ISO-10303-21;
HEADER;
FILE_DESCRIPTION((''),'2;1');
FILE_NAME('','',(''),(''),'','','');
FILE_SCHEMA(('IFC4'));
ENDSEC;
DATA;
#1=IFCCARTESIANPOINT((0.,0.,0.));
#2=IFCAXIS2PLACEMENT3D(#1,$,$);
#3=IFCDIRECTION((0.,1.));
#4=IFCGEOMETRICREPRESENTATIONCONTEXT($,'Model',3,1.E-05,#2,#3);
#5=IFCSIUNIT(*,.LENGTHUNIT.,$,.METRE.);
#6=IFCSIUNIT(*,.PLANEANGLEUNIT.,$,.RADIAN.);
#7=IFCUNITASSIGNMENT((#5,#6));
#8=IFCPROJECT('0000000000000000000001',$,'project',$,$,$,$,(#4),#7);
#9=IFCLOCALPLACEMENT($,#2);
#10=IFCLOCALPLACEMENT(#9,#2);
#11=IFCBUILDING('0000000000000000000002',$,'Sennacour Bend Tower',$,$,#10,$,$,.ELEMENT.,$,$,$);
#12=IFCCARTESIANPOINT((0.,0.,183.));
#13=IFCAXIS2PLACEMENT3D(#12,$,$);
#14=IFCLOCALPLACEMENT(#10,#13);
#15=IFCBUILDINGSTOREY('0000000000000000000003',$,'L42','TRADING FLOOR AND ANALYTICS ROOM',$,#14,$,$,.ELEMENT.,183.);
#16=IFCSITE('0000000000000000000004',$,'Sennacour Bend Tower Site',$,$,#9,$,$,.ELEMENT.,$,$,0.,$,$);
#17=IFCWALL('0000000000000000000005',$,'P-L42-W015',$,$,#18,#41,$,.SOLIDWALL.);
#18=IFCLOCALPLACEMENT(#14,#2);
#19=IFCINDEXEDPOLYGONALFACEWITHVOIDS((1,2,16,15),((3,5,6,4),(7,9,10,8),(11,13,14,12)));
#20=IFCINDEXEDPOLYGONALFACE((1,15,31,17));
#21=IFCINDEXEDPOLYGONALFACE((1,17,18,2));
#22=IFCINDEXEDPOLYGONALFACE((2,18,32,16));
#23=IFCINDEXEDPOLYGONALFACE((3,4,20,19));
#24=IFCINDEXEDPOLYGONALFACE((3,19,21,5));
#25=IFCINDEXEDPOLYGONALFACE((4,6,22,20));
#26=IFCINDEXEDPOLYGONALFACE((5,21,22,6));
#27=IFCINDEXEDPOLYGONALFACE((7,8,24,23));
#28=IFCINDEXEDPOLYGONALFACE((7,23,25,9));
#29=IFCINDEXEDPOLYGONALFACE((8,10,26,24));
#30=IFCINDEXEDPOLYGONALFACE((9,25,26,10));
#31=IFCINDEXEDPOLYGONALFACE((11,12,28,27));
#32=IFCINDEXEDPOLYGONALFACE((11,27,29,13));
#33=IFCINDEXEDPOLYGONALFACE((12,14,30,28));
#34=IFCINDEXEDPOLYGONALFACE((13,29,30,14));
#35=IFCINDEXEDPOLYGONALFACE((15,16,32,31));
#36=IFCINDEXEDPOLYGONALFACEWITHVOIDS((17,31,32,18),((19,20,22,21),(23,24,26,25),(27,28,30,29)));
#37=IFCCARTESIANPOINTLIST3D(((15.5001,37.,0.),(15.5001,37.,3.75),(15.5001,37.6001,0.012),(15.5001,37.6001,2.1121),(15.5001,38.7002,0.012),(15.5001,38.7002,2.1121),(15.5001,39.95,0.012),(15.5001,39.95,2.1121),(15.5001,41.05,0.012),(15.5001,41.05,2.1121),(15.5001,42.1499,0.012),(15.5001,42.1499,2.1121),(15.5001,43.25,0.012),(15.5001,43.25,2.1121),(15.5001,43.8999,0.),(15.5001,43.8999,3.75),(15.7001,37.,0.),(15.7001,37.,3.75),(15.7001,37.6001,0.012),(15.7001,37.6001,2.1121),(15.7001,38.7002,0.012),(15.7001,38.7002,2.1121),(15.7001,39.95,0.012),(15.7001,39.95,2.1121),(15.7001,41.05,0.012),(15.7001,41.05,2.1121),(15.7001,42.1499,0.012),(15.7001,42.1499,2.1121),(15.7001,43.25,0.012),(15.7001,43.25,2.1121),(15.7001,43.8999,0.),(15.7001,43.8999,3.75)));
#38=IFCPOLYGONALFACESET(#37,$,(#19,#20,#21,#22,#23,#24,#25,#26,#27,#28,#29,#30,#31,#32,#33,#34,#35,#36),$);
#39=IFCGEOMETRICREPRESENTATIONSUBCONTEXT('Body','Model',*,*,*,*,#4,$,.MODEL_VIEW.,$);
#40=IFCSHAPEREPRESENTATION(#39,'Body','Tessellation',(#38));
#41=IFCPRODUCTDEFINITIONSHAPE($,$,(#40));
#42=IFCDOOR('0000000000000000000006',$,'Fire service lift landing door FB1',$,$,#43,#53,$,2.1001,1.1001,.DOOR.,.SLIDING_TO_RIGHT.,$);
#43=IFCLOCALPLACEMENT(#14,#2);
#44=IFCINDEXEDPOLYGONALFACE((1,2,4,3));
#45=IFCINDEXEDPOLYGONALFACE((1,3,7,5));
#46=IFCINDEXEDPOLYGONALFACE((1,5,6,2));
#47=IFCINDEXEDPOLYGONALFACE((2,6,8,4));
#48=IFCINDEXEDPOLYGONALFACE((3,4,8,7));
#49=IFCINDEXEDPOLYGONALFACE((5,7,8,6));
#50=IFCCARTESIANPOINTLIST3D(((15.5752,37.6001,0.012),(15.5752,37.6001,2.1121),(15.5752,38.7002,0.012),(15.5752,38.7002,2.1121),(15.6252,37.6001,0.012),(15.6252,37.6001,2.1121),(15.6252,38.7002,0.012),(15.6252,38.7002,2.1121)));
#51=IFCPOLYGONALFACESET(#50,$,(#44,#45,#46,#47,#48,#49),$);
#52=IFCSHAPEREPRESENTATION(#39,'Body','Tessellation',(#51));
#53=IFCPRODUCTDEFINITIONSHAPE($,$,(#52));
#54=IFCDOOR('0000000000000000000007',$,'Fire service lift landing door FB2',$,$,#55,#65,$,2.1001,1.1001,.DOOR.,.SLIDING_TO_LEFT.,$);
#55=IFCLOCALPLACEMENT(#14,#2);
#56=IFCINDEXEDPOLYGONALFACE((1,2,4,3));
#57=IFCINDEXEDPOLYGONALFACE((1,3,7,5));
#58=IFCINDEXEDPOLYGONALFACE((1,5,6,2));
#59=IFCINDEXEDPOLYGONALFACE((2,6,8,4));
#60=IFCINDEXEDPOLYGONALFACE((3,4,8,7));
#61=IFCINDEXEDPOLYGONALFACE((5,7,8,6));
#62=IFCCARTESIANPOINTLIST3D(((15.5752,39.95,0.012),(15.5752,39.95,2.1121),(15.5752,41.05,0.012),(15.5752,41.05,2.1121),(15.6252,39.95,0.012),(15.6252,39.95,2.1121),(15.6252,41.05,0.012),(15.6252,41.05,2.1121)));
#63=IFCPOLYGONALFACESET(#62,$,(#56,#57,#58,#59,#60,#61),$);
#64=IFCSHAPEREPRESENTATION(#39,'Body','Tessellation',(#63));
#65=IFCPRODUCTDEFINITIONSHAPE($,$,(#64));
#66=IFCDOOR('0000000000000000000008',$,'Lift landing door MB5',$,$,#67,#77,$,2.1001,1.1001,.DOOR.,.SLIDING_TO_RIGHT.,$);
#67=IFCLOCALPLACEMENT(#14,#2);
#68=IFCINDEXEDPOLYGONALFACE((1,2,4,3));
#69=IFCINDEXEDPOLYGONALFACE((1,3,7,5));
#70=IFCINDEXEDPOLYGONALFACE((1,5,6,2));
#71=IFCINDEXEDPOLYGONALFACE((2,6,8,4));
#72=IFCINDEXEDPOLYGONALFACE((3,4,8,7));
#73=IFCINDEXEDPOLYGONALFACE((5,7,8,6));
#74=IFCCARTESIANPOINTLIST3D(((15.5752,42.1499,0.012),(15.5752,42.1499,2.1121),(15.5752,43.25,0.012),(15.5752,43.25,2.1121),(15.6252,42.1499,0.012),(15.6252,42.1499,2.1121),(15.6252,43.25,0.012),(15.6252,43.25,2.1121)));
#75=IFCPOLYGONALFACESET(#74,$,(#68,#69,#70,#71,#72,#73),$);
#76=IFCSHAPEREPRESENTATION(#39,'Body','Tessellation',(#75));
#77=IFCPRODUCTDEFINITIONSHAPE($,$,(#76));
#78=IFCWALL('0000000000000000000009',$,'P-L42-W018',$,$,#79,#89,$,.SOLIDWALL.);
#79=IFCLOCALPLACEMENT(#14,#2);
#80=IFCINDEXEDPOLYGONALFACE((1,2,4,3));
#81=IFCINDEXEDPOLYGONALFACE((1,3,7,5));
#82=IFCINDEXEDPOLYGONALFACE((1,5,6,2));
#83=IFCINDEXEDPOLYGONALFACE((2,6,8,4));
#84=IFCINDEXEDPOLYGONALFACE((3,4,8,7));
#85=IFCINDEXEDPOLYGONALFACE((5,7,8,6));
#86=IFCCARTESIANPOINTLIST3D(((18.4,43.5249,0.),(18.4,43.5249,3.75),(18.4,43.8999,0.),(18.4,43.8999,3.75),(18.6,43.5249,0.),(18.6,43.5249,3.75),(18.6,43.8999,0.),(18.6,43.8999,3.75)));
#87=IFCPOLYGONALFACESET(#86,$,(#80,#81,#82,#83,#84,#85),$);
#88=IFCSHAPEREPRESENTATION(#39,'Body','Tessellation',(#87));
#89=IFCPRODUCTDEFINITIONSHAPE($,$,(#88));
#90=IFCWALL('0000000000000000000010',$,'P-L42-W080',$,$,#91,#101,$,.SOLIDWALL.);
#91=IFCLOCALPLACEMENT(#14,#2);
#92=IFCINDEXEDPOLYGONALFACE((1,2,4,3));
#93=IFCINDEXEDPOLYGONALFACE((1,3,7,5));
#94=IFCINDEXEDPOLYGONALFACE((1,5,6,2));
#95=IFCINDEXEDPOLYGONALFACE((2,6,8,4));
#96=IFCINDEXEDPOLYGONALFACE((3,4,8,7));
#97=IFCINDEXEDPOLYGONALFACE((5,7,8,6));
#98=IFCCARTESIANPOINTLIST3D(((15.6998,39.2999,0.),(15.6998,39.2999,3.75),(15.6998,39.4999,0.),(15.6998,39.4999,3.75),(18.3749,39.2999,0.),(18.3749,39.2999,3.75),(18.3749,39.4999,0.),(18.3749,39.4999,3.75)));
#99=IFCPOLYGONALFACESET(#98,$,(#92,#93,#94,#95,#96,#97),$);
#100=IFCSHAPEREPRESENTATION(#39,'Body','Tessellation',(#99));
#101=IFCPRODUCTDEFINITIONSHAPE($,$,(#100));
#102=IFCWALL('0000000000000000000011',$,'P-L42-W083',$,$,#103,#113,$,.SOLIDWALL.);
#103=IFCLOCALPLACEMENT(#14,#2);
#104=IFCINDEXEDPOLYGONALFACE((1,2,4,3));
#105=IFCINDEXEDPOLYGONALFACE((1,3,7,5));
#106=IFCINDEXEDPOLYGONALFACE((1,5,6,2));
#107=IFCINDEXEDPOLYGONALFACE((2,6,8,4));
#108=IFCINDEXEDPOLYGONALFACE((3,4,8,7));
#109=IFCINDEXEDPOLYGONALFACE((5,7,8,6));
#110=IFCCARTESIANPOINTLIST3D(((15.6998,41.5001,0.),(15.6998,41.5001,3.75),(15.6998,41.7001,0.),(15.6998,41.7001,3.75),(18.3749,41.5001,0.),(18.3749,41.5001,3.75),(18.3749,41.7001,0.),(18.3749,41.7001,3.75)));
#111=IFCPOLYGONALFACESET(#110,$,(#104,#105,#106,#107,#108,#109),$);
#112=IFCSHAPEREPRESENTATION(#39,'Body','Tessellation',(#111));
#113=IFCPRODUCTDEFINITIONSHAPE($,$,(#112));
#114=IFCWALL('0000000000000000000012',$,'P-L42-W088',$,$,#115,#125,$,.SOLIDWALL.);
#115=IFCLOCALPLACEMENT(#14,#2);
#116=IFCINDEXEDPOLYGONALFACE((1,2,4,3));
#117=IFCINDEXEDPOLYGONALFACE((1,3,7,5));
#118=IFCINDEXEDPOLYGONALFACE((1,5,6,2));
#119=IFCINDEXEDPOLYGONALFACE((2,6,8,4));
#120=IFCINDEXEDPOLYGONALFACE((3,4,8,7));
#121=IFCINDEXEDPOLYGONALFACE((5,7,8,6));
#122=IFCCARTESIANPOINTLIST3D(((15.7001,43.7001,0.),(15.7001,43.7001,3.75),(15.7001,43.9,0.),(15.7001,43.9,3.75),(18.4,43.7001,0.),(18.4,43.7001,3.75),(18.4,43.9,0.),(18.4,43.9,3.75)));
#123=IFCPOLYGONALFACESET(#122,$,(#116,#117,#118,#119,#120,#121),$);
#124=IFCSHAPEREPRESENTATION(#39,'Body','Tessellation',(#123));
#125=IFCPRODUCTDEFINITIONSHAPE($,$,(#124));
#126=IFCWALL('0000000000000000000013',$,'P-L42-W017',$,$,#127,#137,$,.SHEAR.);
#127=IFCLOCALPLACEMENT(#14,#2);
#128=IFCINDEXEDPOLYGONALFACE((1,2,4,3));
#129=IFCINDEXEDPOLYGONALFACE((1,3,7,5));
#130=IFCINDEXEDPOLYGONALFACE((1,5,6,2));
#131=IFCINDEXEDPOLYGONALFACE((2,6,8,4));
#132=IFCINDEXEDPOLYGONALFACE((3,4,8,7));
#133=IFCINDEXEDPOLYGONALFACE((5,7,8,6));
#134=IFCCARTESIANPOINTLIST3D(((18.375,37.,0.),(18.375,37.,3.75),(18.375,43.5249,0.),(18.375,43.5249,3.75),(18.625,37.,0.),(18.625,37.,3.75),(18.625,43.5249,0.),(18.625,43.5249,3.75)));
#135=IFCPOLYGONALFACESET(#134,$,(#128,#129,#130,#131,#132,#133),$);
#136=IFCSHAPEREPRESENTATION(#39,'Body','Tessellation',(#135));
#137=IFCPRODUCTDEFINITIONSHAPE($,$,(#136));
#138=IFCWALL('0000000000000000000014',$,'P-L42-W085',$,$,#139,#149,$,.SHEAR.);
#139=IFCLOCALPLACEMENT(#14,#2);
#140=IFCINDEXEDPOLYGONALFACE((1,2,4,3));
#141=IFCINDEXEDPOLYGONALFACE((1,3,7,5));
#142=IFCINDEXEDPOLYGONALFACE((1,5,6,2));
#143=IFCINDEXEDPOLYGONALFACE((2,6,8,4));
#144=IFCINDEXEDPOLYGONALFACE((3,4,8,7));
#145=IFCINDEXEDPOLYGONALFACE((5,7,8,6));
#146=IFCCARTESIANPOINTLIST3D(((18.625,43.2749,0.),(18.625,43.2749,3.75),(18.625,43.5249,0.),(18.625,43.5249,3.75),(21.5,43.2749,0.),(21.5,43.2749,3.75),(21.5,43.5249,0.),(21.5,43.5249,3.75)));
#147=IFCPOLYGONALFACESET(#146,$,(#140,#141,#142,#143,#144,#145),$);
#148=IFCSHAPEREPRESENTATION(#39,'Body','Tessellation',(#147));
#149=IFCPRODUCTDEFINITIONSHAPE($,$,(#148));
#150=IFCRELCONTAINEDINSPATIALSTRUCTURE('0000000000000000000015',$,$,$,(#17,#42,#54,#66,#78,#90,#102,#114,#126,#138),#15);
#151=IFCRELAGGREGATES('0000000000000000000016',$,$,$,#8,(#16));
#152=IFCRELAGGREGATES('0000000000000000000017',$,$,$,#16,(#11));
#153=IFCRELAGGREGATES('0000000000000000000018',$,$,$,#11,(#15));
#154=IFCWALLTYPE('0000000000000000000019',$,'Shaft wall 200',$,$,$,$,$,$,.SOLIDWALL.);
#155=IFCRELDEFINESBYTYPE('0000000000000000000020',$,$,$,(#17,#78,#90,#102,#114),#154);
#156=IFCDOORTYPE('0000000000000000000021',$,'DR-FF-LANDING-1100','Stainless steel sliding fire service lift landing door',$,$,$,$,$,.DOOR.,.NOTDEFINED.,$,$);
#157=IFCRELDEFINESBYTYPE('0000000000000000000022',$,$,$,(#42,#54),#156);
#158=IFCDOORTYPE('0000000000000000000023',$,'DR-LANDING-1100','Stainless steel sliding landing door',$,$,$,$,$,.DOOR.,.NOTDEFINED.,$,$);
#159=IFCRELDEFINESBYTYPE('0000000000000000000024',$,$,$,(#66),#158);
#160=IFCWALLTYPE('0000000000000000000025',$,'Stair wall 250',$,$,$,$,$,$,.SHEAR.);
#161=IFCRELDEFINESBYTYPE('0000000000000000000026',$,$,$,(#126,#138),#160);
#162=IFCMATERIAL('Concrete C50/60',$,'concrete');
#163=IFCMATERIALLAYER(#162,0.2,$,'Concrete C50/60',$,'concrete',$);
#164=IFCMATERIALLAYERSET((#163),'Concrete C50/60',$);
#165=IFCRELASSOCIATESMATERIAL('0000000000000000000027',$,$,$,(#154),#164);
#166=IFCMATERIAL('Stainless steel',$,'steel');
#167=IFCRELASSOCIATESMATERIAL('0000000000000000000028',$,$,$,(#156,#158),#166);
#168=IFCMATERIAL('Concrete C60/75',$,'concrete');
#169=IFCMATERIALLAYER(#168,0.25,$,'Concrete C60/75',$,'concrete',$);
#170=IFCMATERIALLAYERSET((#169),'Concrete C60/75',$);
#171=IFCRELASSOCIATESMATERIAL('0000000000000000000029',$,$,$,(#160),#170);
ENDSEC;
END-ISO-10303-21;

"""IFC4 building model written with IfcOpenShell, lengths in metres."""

from ifc_helpers import new_model, si_unit, direction, frame, frame_2d, origin, place, context, subcontext, project, spatial, rectangle, extrude, material, layer, layer_set, type_object, element, fill, save


model = new_model("IFC4")

# Units and contexts
model_context = context("Model", 3, precision=1e-05, world=origin(), true_north=direction((0.0, 1.0)))
body_context = subcontext(model_context, "Body", "Model", "MODEL_VIEW")
ifc_project = project(units=[si_unit("LENGTHUNIT", "METRE"), si_unit("PLANEANGLEUNIT", "RADIAN")], contexts=[model_context])

# Site, building, storey
site_placement = place(None, origin())
site = spatial("IfcSite", under=ifc_project, at=site_placement, Name="Sennacour Bend Tower Site", CompositionType="ELEMENT", RefElevation=0.0)
building_placement = place(site_placement, origin())
building = spatial("IfcBuilding", under=site, at=building_placement, Name="Sennacour Bend Tower", CompositionType="ELEMENT")
storey_placement = place(building_placement, frame((0.0, 0.0, 183.0)))
storey = spatial("IfcBuildingStorey", under=building, at=storey_placement, Name="L42", Description="TRADING FLOOR AND ANALYTICS ROOM", CompositionType="ELEMENT", Elevation=183.0)

# Shared definitions
ifc_material_1 = material(Name="Concrete C60/75", Category="concrete")

# Wall, openings, doors
ifc_material_2 = material(Name="Concrete C50/60", Category="concrete")
ifc_layer_1 = layer(ifc_material_2, 0.2, Name="Concrete C50/60", Category="concrete")
ifc_layer_set_1 = layer_set([ifc_layer_1], Name="Concrete C50/60")
wall_type_1 = type_object("IfcWallType", Name="Shaft wall 200", PredefinedType="SOLIDWALL", material=ifc_layer_set_1)
wall_1_placement = place(storey_placement, frame((15.6001, 37.0, 0.0), z_axis=(0.0, 0.0, 1.0), x_axis=(0.0, 1.0, 0.0)))
wall_1 = element("IfcWall", 1, at=wall_1_placement, inside=storey, type_object=wall_type_1, Name="P-L42-W015", PredefinedType="SOLIDWALL", context=body_context, shape_type="SweptSolid", body=[
    extrude(rectangle(XDim=6.8999, YDim=0.2, at=frame_2d((3.45, 0.0))), origin(), (0.0, 0.0, 1.0), 3.75),
])
opening_1_placement = place(wall_1_placement, frame((0.6001, 0.0, 0.012)))
opening_1 = element("IfcOpeningElement", 2, at=opening_1_placement, cuts=wall_1, PredefinedType="OPENING", context=body_context, shape_type="SweptSolid", body=[
    extrude(rectangle(XDim=1.1001, YDim=2.1001, at=frame_2d((0.55, 1.05))), frame((0.0, 0.1099, 0.0), z_axis=(0.0, -1.0, 0.0), x_axis=(1.0, 0.0, 0.0)), (0.0, 0.0, 1.0), 0.22),
])
opening_2_placement = place(wall_1_placement, frame((2.95, 0.0, 0.012)))
opening_2 = element("IfcOpeningElement", 3, at=opening_2_placement, cuts=wall_1, PredefinedType="OPENING", context=body_context, shape_type="SweptSolid", body=[
    extrude(rectangle(XDim=1.1001, YDim=2.1001, at=frame_2d((0.55, 1.05))), frame((0.0, 0.1099, 0.0), z_axis=(0.0, -1.0, 0.0), x_axis=(1.0, 0.0, 0.0)), (0.0, 0.0, 1.0), 0.22),
])
opening_3_placement = place(wall_1_placement, frame((5.1499, 0.0, 0.012)))
opening_3 = element("IfcOpeningElement", 4, at=opening_3_placement, cuts=wall_1, PredefinedType="OPENING", context=body_context, shape_type="SweptSolid", body=[
    extrude(rectangle(XDim=1.1001, YDim=2.1001, at=frame_2d((0.55, 1.05))), frame((0.0, 0.1099, 0.0), z_axis=(0.0, -1.0, 0.0), x_axis=(1.0, 0.0, 0.0)), (0.0, 0.0, 1.0), 0.22),
])
ifc_material_3 = material(Name="Stainless steel", Category="steel")
door_type_1 = type_object("IfcDoorType", Name="DR-FF-LANDING-1100", Description="Stainless steel sliding fire service lift landing door", OperationType="NOTDEFINED", PredefinedType="DOOR", material=ifc_material_3)
door_1_placement = place(opening_1_placement, origin())
door_1 = element("IfcDoor", 5, at=door_1_placement, inside=storey, type_object=door_type_1, Name="Fire service lift landing door FB1", OperationType="SLIDING_TO_RIGHT", OverallHeight=2.1001, OverallWidth=1.1001, PredefinedType="DOOR", context=body_context, shape_type="SweptSolid", body=[
    extrude(rectangle(XDim=1.1001, YDim=2.1001, at=frame_2d((0.55, 1.05))), frame((0.0, 0.0249, 0.0), z_axis=(0.0, -1.0, 0.0), x_axis=(1.0, 0.0, 0.0)), (0.0, 0.0, 1.0), 0.05),
])
fill(opening_1, door_1)
door_2_placement = place(opening_2_placement, origin())
door_2 = element("IfcDoor", 6, at=door_2_placement, inside=storey, type_object=door_type_1, Name="Fire service lift landing door FB2", OperationType="SLIDING_TO_LEFT", OverallHeight=2.1001, OverallWidth=1.1001, PredefinedType="DOOR", context=body_context, shape_type="SweptSolid", body=[
    extrude(rectangle(XDim=1.1001, YDim=2.1001, at=frame_2d((0.55, 1.05))), frame((0.0, 0.0249, 0.0), z_axis=(0.0, -1.0, 0.0), x_axis=(1.0, 0.0, 0.0)), (0.0, 0.0, 1.0), 0.05),
])
fill(opening_2, door_2)
door_type_2 = type_object("IfcDoorType", Name="DR-LANDING-1100", Description="Stainless steel sliding landing door", OperationType="NOTDEFINED", PredefinedType="DOOR", material=ifc_material_3)
door_3_placement = place(opening_3_placement, origin())
door_3 = element("IfcDoor", 7, at=door_3_placement, inside=storey, type_object=door_type_2, Name="Lift landing door MB5", OperationType="SLIDING_TO_RIGHT", OverallHeight=2.1001, OverallWidth=1.1001, PredefinedType="DOOR", context=body_context, shape_type="SweptSolid", body=[
    extrude(rectangle(XDim=1.1001, YDim=2.1001, at=frame_2d((0.55, 1.05))), frame((0.0, 0.0249, 0.0), z_axis=(0.0, -1.0, 0.0), x_axis=(1.0, 0.0, 0.0)), (0.0, 0.0, 1.0), 0.05),
])
fill(opening_3, door_3)

# Walls
wall_2_placement = place(storey_placement, frame((18.5, 43.5249, 0.0), z_axis=(0.0, 0.0, 1.0), x_axis=(0.0, 1.0, 0.0)))
element("IfcWall", 8, at=wall_2_placement, inside=storey, type_object=wall_type_1, Name="P-L42-W018", PredefinedType="SOLIDWALL", context=body_context, shape_type="SweptSolid", body=[
    extrude(rectangle(XDim=0.375, YDim=0.2, at=frame_2d((0.1875, 0.0))), origin(), (0.0, 0.0, 1.0), 3.75),
])
for number, where, z_axis, x_axis, name in (
    (9, (15.7, 39.3999, 0.0), (0.0, 0.0, 1.0), (1.0, 0.0, 0.0), "P-L42-W080"),
    (10, (15.7, 41.6001, 0.0), (0.0, 0.0, 1.0), (1.0, 0.0, 0.0), "P-L42-W083"),
):
    element("IfcWall", number, at=place(storey_placement, frame(where, z_axis=z_axis, x_axis=x_axis)), inside=storey, type_object=wall_type_1, Name=name, PredefinedType="SOLIDWALL", context=body_context, shape_type="SweptSolid", body=[
        extrude(rectangle(XDim=2.675, YDim=0.2, at=frame_2d((1.3374, 0.0))), origin(), (0.0, 0.0, 1.0), 3.75),
    ])
wall_3_placement = place(storey_placement, frame((15.7, 43.8, 0.0), z_axis=(0.0, 0.0, 1.0), x_axis=(1.0, 0.0, 0.0)))
element("IfcWall", 11, at=wall_3_placement, inside=storey, type_object=wall_type_1, Name="P-L42-W088", PredefinedType="SOLIDWALL", context=body_context, shape_type="SweptSolid", body=[
    extrude(rectangle(XDim=2.7, YDim=0.2, at=frame_2d((1.3501, 0.0))), origin(), (0.0, 0.0, 1.0), 3.75),
])
ifc_layer_2 = layer(ifc_material_1, 0.25, Name="Concrete C60/75", Category="concrete")
ifc_layer_set_2 = layer_set([ifc_layer_2], Name="Concrete C60/75")
wall_type_2 = type_object("IfcWallType", Name="Stair wall 250", PredefinedType="SHEAR", material=ifc_layer_set_2)
wall_4_placement = place(storey_placement, frame((18.5, 37.0, 0.0), z_axis=(0.0, 0.0, 1.0), x_axis=(0.0, 1.0, 0.0)))
element("IfcWall", 12, at=wall_4_placement, inside=storey, type_object=wall_type_2, Name="P-L42-W017", PredefinedType="SHEAR", context=body_context, shape_type="SweptSolid", body=[
    extrude(rectangle(XDim=6.5249, YDim=0.25, at=frame_2d((3.2625, 0.0))), origin(), (0.0, 0.0, 1.0), 3.75),
])
wall_5_placement = place(storey_placement, frame((18.625, 43.3999, 0.0), z_axis=(0.0, 0.0, 1.0), x_axis=(1.0, 0.0, 0.0)))
element("IfcWall", 13, at=wall_5_placement, inside=storey, type_object=wall_type_2, Name="P-L42-W085", PredefinedType="SHEAR", context=body_context, shape_type="SweptSolid", body=[
    extrude(rectangle(XDim=2.875, YDim=0.25, at=frame_2d((1.4375, 0.0))), origin(), (0.0, 0.0, 1.0), 3.75),
])

save(model, "model.ifc")
